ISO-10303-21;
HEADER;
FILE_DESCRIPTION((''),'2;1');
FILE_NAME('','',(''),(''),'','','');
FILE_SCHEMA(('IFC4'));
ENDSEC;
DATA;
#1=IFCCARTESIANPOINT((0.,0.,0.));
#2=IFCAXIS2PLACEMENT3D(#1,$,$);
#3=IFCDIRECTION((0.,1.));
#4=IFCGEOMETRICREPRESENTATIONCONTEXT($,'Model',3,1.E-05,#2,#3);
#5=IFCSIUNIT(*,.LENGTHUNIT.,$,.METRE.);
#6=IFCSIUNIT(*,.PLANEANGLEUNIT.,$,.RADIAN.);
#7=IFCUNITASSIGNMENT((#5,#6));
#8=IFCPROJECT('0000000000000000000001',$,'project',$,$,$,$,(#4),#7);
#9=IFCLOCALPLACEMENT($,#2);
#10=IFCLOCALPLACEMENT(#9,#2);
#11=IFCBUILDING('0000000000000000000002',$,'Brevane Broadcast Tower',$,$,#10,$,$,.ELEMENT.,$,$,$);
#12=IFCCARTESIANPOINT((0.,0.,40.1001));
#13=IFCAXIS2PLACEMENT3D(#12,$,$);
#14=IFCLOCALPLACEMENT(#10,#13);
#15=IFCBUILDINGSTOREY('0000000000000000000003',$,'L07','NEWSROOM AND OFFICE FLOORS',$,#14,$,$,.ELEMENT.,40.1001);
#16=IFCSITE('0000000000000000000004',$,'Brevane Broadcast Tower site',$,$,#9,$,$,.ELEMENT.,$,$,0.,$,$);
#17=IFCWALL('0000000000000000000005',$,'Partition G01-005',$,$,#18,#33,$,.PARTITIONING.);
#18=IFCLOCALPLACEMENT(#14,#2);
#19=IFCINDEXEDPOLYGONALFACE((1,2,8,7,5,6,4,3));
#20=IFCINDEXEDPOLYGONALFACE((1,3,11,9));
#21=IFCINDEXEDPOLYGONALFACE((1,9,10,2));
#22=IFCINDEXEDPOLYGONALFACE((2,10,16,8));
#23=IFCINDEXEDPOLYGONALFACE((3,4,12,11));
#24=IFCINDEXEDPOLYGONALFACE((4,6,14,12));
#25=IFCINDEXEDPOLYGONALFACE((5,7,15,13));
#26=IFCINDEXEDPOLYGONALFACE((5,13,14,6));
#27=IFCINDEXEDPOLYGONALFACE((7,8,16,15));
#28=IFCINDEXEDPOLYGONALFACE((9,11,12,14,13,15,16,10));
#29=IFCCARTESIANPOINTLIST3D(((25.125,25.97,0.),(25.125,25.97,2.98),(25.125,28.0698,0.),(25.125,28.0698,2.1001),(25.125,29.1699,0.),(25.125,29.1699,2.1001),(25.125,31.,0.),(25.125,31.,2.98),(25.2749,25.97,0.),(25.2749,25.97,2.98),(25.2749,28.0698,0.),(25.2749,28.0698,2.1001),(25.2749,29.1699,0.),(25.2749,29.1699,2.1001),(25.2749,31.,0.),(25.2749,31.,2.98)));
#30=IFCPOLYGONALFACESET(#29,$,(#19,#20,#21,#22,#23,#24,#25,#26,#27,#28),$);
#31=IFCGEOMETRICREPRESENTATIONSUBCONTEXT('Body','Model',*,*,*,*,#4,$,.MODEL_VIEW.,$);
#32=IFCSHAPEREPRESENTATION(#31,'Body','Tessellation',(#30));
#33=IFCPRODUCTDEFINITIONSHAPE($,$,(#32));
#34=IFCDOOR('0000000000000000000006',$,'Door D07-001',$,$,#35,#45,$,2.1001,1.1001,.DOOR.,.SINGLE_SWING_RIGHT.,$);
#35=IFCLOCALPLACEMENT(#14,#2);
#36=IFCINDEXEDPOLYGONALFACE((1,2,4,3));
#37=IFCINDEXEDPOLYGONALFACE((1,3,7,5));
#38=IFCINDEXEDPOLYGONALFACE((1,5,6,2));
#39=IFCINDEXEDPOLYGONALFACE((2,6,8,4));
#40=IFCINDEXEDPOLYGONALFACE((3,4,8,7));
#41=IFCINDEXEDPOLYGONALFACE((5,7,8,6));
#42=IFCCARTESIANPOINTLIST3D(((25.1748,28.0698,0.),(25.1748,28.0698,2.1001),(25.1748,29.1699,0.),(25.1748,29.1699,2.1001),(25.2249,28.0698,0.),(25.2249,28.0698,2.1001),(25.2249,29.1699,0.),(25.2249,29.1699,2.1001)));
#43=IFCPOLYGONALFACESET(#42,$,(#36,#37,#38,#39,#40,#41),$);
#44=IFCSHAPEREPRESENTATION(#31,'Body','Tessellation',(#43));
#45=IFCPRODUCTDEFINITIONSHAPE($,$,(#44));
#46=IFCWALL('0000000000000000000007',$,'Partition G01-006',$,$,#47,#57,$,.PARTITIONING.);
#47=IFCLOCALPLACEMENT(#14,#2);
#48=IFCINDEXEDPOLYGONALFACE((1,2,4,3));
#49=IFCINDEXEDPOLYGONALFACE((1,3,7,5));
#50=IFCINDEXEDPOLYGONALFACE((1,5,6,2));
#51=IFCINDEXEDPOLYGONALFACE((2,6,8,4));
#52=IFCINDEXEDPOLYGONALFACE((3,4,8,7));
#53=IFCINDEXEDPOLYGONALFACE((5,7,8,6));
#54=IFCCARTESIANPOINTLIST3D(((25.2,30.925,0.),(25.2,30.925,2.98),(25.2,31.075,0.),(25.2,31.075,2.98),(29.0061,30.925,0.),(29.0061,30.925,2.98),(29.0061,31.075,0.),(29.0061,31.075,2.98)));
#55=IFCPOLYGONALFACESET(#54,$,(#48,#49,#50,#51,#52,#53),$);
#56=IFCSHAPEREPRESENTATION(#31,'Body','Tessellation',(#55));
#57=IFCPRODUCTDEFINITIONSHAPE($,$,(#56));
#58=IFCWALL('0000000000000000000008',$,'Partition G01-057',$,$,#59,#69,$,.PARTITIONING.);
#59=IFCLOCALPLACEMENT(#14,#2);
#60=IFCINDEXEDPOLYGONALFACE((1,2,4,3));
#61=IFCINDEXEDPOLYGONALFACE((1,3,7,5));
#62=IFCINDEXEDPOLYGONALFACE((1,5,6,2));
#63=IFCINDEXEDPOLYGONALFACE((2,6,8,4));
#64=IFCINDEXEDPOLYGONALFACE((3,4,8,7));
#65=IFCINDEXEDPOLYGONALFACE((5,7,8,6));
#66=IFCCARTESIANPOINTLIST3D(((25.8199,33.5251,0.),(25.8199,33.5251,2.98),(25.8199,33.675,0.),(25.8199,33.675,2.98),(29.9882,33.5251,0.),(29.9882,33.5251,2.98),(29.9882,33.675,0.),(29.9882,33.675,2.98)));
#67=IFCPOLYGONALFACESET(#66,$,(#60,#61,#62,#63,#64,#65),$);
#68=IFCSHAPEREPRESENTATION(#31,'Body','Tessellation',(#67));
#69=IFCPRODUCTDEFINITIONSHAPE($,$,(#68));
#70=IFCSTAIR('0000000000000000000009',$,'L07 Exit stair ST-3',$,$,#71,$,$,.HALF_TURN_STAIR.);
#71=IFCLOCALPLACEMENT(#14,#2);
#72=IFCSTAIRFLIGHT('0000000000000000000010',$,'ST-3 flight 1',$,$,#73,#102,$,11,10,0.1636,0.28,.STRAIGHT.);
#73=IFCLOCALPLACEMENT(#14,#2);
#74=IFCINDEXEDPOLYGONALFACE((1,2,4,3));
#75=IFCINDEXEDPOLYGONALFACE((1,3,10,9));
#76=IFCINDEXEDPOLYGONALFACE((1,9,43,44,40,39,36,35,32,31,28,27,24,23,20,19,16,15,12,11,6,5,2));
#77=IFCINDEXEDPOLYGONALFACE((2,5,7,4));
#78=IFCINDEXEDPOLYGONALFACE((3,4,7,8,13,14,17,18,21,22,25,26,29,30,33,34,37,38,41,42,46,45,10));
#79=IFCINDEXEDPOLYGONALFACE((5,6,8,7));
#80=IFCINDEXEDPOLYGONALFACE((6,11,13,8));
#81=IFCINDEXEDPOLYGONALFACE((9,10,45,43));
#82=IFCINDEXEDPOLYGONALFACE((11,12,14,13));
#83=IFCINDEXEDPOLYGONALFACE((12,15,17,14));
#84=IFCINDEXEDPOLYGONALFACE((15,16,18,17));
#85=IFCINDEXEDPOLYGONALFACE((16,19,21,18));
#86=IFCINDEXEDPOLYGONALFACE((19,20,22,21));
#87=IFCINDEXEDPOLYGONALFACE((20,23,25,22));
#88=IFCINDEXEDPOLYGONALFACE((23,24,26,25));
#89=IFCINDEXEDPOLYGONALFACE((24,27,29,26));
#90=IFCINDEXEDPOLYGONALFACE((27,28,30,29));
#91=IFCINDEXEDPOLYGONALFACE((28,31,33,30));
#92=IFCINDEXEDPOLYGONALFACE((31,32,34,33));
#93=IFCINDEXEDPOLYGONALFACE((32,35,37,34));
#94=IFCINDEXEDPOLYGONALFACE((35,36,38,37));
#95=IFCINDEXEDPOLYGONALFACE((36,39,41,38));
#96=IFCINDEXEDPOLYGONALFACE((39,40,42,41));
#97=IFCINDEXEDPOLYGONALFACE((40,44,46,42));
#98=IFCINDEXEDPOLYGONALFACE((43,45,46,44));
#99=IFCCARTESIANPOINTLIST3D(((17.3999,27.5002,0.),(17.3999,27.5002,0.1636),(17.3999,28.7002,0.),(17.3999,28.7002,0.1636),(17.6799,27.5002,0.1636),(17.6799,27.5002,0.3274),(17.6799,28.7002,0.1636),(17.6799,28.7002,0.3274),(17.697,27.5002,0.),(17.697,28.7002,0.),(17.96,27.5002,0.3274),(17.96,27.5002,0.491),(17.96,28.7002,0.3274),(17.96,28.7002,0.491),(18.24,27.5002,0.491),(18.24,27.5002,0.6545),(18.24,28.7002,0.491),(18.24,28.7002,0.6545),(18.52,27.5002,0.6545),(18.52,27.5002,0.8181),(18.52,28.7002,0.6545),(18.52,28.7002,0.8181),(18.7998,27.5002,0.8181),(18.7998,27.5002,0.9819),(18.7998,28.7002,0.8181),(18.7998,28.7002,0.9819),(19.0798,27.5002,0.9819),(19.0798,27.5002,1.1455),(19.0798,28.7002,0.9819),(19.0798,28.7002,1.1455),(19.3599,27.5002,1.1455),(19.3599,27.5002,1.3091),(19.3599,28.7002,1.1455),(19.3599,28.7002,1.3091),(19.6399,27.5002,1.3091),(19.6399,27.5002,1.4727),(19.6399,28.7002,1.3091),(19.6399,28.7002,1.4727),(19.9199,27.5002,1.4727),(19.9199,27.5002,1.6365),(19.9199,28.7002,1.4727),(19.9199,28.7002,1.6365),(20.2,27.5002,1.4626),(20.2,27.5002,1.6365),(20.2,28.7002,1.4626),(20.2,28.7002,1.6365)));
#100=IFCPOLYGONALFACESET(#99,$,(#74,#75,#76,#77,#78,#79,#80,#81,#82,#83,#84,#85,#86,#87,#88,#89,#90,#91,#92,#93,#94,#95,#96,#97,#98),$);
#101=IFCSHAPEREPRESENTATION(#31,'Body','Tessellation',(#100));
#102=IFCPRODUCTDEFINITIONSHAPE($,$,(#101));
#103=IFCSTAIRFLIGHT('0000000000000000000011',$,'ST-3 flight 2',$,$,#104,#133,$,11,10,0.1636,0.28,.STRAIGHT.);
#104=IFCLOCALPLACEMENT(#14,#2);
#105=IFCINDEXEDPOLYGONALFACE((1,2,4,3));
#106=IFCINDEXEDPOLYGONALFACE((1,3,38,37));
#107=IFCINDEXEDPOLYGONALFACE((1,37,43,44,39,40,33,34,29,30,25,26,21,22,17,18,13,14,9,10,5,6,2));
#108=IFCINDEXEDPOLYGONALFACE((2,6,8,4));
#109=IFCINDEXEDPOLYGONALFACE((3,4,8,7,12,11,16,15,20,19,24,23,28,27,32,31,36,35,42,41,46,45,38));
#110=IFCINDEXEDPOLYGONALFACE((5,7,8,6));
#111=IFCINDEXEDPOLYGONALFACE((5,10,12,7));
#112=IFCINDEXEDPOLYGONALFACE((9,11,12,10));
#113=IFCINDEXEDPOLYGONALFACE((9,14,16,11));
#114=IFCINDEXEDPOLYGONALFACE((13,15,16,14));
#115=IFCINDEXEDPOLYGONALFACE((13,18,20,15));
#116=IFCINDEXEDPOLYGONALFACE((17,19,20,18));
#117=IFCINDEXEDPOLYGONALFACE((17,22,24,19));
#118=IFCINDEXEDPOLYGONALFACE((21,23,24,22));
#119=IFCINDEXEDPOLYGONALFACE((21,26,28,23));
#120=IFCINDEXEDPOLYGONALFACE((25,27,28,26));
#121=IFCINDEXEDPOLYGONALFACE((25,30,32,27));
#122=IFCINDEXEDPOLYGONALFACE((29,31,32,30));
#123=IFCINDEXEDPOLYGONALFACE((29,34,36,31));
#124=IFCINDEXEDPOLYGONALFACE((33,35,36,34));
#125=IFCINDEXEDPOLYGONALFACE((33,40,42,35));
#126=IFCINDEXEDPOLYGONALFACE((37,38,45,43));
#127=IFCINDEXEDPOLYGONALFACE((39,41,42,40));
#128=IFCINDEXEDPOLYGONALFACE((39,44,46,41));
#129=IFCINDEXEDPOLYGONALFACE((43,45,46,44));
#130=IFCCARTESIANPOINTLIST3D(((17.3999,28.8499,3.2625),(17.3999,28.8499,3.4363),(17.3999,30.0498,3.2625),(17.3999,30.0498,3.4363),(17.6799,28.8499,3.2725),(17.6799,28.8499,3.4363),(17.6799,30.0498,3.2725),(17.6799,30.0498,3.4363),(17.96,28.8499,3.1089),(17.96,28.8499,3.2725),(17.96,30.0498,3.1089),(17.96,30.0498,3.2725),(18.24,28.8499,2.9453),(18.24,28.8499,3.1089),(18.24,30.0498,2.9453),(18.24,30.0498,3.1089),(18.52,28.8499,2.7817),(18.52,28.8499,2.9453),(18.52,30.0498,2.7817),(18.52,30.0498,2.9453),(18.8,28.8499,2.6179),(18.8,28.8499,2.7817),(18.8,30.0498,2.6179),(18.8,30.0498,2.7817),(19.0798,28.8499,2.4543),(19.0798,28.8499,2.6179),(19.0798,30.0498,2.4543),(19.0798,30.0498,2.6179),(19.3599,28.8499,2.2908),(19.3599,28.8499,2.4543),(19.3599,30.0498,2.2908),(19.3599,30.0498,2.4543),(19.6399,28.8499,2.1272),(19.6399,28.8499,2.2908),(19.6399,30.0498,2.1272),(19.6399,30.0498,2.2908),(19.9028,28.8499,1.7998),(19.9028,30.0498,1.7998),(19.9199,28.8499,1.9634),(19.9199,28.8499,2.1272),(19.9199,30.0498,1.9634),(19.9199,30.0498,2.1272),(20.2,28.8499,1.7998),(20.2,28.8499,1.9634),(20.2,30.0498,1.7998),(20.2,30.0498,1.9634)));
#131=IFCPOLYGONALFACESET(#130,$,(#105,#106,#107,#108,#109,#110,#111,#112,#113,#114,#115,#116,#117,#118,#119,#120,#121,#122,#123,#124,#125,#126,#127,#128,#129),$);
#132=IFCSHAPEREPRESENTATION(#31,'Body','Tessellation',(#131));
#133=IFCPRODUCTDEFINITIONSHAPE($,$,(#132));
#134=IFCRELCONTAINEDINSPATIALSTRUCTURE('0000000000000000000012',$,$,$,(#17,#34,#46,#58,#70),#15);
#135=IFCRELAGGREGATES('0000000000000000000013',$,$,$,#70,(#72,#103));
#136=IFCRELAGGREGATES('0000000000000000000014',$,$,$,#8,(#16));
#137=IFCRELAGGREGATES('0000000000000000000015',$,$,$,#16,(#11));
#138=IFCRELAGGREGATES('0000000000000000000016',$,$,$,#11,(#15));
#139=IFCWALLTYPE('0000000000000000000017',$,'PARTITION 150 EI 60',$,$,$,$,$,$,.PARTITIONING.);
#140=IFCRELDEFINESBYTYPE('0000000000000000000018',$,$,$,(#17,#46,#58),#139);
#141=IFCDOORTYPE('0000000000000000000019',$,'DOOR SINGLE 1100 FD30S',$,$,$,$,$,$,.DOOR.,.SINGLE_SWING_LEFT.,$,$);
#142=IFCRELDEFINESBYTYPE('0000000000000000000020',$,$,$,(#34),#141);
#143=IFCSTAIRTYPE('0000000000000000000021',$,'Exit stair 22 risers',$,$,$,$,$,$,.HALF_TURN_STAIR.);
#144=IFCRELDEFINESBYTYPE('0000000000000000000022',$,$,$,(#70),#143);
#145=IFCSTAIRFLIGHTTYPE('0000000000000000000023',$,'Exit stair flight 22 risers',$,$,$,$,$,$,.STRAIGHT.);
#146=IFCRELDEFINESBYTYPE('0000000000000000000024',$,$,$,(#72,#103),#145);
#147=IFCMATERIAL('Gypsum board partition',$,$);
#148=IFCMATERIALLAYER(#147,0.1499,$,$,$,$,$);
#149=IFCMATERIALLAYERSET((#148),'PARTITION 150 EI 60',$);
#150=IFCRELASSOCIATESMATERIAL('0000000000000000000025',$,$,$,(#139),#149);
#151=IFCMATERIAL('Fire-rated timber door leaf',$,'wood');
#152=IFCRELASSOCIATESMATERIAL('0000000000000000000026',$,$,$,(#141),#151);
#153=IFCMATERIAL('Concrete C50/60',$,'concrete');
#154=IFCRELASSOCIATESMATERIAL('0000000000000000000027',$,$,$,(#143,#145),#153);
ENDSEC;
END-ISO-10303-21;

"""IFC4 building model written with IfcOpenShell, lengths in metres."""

from ifc_helpers import new_model, si_unit, direction, frame, frame_2d, origin, place, context, subcontext, project, spatial, polyline, rectangle, outline, extrude, material, layer, layer_set, type_object, element, fill, aggregate, save


model = new_model("IFC4")

# Units and contexts
model_context = context("Model", 3, precision=1e-05, world=origin(), true_north=direction((0.0, 1.0)))
body_context = subcontext(model_context, "Body", "Model", "MODEL_VIEW")
ifc_project = project(units=[si_unit("LENGTHUNIT", "METRE"), si_unit("PLANEANGLEUNIT", "RADIAN")], contexts=[model_context])

# Site, building, storey
site_placement = place(None, origin())
site = spatial("IfcSite", under=ifc_project, at=site_placement, Name="Brevane Broadcast Tower site", CompositionType="ELEMENT", RefElevation=0.0)
building_placement = place(site_placement, origin())
building = spatial("IfcBuilding", under=site, at=building_placement, Name="Brevane Broadcast Tower", CompositionType="ELEMENT")
storey_placement = place(building_placement, frame((0.0, 0.0, 40.1001)))
storey = spatial("IfcBuildingStorey", under=building, at=storey_placement, Name="L07", Description="NEWSROOM AND OFFICE FLOORS", CompositionType="ELEMENT", Elevation=40.1001)

# Wall, opening, door
ifc_material_1 = material(Name="Gypsum board partition")
ifc_layer_1 = layer(ifc_material_1, 0.1499)
ifc_layer_set_1 = layer_set([ifc_layer_1], Name="PARTITION 150 EI 60")
wall_type_1 = type_object("IfcWallType", Name="PARTITION 150 EI 60", PredefinedType="PARTITIONING", material=ifc_layer_set_1)
wall_1_placement = place(storey_placement, frame((25.2, 31.0, 0.0), z_axis=(0.0, 0.0, 1.0), x_axis=(0.0, -1.0, 0.0)))
wall_1 = element("IfcWall", 1, at=wall_1_placement, inside=storey, type_object=wall_type_1, Name="Partition G01-005", PredefinedType="PARTITIONING", context=body_context, shape_type="SweptSolid", body=[
    extrude(outline(polyline([(0.0, 0.0), (5.03, 0.0), (5.03, 2.98), (0.0, 2.98), (0.0, 0.0)])), frame((0.0, 0.075, 0.0), z_axis=(0.0, -1.0, 0.0), x_axis=(1.0, 0.0, 0.0)), (0.0, 0.0, 1.0), 0.1499),
])
opening_placement = place(wall_1_placement, frame((1.8301, 0.0, 0.0)))
opening = element("IfcOpeningElement", 2, at=opening_placement, cuts=wall_1, PredefinedType="OPENING", context=body_context, shape_type="SweptSolid", body=[
    extrude(rectangle(XDim=1.1001, YDim=2.1001, at=frame_2d((0.55, 1.05))), frame((0.0, 0.085, 0.0), z_axis=(0.0, -1.0, 0.0), x_axis=(1.0, 0.0, 0.0)), (0.0, 0.0, 1.0), 0.1699),
])
ifc_material_2 = material(Name="Fire-rated timber door leaf", Category="wood")
door_type = type_object("IfcDoorType", Name="DOOR SINGLE 1100 FD30S", OperationType="SINGLE_SWING_LEFT", PredefinedType="DOOR", material=ifc_material_2)
door_placement = place(opening_placement, origin())
door = element("IfcDoor", 3, at=door_placement, inside=storey, type_object=door_type, Name="Door D07-001", OperationType="SINGLE_SWING_RIGHT", OverallHeight=2.1001, OverallWidth=1.1001, PredefinedType="DOOR", context=body_context, shape_type="SweptSolid", body=[
    extrude(rectangle(XDim=1.1001, YDim=2.1001, at=frame_2d((0.55, 1.05))), frame((0.0, 0.0249, 0.0), z_axis=(0.0, -1.0, 0.0), x_axis=(1.0, 0.0, 0.0)), (0.0, 0.0, 1.0), 0.05),
])
fill(opening, door)

# Walls
wall_2_placement = place(storey_placement, frame((25.2, 31.0, 0.0), z_axis=(0.0, 0.0, 1.0), x_axis=(1.0, 0.0, 0.0)))
element("IfcWall", 4, at=wall_2_placement, inside=storey, type_object=wall_type_1, Name="Partition G01-006", PredefinedType="PARTITIONING", context=body_context, shape_type="SweptSolid", body=[
    extrude(rectangle(XDim=3.8062, YDim=0.1499, at=frame_2d((1.9031, 0.0))), origin(), (0.0, 0.0, 1.0), 2.98),
])
wall_3_placement = place(storey_placement, frame((25.8201, 33.6001, 0.0), z_axis=(0.0, 0.0, 1.0), x_axis=(1.0, 0.0, 0.0)))
element("IfcWall", 5, at=wall_3_placement, inside=storey, type_object=wall_type_1, Name="Partition G01-057", PredefinedType="PARTITIONING", context=body_context, shape_type="SweptSolid", body=[
    extrude(rectangle(XDim=4.1682, YDim=0.1499, at=frame_2d((2.084, 0.0))), origin(), (0.0, 0.0, 1.0), 2.98),
])

# Stair, stair flights
ifc_material_3 = material(Name="Concrete C50/60", Category="concrete")
stair_type = type_object("IfcStairType", Name="Exit stair 22 risers", PredefinedType="HALF_TURN_STAIR", material=ifc_material_3)
stair_placement = place(storey_placement, origin())
stair = element("IfcStair", 6, at=stair_placement, inside=storey, type_object=stair_type, Name="L07 Exit stair ST-3", PredefinedType="HALF_TURN_STAIR")
stair_flight_type = type_object("IfcStairFlightType", Name="Exit stair flight 22 risers", PredefinedType="STRAIGHT", material=ifc_material_3)
stair_flight_1_placement = place(storey_placement, frame((17.3999, 28.1001, 0.0), z_axis=(0.0, 0.0, 1.0), x_axis=(1.0, 0.0, 0.0)))
stair_flight_1 = element("IfcStairFlight", 7, at=stair_flight_1_placement, type_object=stair_flight_type, Name="ST-3 flight 1", NumberOfRisers=11, NumberOfTreads=10, PredefinedType="STRAIGHT", RiserHeight=0.1636, TreadLength=0.28, context=body_context, shape_type="SweptSolid", body=[
    extrude(outline(polyline([(0.0, 0.0), (0.0, 0.1636), (0.28, 0.1636), (0.28, 0.3274), (0.5601, 0.3274), (0.5601, 0.491), (0.8401, 0.491), (0.8401, 0.6545), (1.1201, 0.6545), (1.1201, 0.8181), (1.3999, 0.8181), (1.3999, 0.9819), (1.6799, 0.9819), (1.6799, 1.1455), (1.96, 1.1455), (1.96, 1.3091), (2.24, 1.3091), (2.24, 1.4727), (2.52, 1.4727), (2.52, 1.6365), (2.8, 1.6365), (2.8, 1.8), (2.8, 1.4626), (0.2971, 0.0), (0.0, 0.0)])), frame((0.0, 0.6001, 0.0), z_axis=(0.0, -1.0, 0.0), x_axis=(1.0, 0.0, 0.0)), (0.0, 0.0, 1.0), 1.2),
])
stair_flight_2_placement = place(storey_placement, frame((20.2, 29.45, 1.7998), z_axis=(0.0, 0.0, 1.0), x_axis=(-1.0, 0.0, 0.0)))
stair_flight_2 = element("IfcStairFlight", 8, at=stair_flight_2_placement, type_object=stair_flight_type, Name="ST-3 flight 2", NumberOfRisers=11, NumberOfTreads=10, PredefinedType="STRAIGHT", RiserHeight=0.1636, TreadLength=0.28, context=body_context, shape_type="SweptSolid", body=[
    extrude(outline(polyline([(0.0, 0.0), (0.0, 0.1636), (0.28, 0.1636), (0.28, 0.3274), (0.5601, 0.3274), (0.5601, 0.491), (0.8401, 0.491), (0.8401, 0.6545), (1.1201, 0.6545), (1.1201, 0.8181), (1.3999, 0.8181), (1.3999, 0.9819), (1.6799, 0.9819), (1.6799, 1.1455), (1.96, 1.1455), (1.96, 1.3091), (2.24, 1.3091), (2.24, 1.4727), (2.52, 1.4727), (2.52, 1.6365), (2.8, 1.6365), (2.8, 1.8), (2.8, 1.4626), (0.2971, 0.0), (0.0, 0.0)])), frame((0.0, 0.6001, 0.0), z_axis=(0.0, -1.0, 0.0), x_axis=(1.0, 0.0, 0.0)), (0.0, 0.0, 1.0), 1.2),
])
aggregate(stair, [stair_flight_1, stair_flight_2])

save(model, "model.ifc")
